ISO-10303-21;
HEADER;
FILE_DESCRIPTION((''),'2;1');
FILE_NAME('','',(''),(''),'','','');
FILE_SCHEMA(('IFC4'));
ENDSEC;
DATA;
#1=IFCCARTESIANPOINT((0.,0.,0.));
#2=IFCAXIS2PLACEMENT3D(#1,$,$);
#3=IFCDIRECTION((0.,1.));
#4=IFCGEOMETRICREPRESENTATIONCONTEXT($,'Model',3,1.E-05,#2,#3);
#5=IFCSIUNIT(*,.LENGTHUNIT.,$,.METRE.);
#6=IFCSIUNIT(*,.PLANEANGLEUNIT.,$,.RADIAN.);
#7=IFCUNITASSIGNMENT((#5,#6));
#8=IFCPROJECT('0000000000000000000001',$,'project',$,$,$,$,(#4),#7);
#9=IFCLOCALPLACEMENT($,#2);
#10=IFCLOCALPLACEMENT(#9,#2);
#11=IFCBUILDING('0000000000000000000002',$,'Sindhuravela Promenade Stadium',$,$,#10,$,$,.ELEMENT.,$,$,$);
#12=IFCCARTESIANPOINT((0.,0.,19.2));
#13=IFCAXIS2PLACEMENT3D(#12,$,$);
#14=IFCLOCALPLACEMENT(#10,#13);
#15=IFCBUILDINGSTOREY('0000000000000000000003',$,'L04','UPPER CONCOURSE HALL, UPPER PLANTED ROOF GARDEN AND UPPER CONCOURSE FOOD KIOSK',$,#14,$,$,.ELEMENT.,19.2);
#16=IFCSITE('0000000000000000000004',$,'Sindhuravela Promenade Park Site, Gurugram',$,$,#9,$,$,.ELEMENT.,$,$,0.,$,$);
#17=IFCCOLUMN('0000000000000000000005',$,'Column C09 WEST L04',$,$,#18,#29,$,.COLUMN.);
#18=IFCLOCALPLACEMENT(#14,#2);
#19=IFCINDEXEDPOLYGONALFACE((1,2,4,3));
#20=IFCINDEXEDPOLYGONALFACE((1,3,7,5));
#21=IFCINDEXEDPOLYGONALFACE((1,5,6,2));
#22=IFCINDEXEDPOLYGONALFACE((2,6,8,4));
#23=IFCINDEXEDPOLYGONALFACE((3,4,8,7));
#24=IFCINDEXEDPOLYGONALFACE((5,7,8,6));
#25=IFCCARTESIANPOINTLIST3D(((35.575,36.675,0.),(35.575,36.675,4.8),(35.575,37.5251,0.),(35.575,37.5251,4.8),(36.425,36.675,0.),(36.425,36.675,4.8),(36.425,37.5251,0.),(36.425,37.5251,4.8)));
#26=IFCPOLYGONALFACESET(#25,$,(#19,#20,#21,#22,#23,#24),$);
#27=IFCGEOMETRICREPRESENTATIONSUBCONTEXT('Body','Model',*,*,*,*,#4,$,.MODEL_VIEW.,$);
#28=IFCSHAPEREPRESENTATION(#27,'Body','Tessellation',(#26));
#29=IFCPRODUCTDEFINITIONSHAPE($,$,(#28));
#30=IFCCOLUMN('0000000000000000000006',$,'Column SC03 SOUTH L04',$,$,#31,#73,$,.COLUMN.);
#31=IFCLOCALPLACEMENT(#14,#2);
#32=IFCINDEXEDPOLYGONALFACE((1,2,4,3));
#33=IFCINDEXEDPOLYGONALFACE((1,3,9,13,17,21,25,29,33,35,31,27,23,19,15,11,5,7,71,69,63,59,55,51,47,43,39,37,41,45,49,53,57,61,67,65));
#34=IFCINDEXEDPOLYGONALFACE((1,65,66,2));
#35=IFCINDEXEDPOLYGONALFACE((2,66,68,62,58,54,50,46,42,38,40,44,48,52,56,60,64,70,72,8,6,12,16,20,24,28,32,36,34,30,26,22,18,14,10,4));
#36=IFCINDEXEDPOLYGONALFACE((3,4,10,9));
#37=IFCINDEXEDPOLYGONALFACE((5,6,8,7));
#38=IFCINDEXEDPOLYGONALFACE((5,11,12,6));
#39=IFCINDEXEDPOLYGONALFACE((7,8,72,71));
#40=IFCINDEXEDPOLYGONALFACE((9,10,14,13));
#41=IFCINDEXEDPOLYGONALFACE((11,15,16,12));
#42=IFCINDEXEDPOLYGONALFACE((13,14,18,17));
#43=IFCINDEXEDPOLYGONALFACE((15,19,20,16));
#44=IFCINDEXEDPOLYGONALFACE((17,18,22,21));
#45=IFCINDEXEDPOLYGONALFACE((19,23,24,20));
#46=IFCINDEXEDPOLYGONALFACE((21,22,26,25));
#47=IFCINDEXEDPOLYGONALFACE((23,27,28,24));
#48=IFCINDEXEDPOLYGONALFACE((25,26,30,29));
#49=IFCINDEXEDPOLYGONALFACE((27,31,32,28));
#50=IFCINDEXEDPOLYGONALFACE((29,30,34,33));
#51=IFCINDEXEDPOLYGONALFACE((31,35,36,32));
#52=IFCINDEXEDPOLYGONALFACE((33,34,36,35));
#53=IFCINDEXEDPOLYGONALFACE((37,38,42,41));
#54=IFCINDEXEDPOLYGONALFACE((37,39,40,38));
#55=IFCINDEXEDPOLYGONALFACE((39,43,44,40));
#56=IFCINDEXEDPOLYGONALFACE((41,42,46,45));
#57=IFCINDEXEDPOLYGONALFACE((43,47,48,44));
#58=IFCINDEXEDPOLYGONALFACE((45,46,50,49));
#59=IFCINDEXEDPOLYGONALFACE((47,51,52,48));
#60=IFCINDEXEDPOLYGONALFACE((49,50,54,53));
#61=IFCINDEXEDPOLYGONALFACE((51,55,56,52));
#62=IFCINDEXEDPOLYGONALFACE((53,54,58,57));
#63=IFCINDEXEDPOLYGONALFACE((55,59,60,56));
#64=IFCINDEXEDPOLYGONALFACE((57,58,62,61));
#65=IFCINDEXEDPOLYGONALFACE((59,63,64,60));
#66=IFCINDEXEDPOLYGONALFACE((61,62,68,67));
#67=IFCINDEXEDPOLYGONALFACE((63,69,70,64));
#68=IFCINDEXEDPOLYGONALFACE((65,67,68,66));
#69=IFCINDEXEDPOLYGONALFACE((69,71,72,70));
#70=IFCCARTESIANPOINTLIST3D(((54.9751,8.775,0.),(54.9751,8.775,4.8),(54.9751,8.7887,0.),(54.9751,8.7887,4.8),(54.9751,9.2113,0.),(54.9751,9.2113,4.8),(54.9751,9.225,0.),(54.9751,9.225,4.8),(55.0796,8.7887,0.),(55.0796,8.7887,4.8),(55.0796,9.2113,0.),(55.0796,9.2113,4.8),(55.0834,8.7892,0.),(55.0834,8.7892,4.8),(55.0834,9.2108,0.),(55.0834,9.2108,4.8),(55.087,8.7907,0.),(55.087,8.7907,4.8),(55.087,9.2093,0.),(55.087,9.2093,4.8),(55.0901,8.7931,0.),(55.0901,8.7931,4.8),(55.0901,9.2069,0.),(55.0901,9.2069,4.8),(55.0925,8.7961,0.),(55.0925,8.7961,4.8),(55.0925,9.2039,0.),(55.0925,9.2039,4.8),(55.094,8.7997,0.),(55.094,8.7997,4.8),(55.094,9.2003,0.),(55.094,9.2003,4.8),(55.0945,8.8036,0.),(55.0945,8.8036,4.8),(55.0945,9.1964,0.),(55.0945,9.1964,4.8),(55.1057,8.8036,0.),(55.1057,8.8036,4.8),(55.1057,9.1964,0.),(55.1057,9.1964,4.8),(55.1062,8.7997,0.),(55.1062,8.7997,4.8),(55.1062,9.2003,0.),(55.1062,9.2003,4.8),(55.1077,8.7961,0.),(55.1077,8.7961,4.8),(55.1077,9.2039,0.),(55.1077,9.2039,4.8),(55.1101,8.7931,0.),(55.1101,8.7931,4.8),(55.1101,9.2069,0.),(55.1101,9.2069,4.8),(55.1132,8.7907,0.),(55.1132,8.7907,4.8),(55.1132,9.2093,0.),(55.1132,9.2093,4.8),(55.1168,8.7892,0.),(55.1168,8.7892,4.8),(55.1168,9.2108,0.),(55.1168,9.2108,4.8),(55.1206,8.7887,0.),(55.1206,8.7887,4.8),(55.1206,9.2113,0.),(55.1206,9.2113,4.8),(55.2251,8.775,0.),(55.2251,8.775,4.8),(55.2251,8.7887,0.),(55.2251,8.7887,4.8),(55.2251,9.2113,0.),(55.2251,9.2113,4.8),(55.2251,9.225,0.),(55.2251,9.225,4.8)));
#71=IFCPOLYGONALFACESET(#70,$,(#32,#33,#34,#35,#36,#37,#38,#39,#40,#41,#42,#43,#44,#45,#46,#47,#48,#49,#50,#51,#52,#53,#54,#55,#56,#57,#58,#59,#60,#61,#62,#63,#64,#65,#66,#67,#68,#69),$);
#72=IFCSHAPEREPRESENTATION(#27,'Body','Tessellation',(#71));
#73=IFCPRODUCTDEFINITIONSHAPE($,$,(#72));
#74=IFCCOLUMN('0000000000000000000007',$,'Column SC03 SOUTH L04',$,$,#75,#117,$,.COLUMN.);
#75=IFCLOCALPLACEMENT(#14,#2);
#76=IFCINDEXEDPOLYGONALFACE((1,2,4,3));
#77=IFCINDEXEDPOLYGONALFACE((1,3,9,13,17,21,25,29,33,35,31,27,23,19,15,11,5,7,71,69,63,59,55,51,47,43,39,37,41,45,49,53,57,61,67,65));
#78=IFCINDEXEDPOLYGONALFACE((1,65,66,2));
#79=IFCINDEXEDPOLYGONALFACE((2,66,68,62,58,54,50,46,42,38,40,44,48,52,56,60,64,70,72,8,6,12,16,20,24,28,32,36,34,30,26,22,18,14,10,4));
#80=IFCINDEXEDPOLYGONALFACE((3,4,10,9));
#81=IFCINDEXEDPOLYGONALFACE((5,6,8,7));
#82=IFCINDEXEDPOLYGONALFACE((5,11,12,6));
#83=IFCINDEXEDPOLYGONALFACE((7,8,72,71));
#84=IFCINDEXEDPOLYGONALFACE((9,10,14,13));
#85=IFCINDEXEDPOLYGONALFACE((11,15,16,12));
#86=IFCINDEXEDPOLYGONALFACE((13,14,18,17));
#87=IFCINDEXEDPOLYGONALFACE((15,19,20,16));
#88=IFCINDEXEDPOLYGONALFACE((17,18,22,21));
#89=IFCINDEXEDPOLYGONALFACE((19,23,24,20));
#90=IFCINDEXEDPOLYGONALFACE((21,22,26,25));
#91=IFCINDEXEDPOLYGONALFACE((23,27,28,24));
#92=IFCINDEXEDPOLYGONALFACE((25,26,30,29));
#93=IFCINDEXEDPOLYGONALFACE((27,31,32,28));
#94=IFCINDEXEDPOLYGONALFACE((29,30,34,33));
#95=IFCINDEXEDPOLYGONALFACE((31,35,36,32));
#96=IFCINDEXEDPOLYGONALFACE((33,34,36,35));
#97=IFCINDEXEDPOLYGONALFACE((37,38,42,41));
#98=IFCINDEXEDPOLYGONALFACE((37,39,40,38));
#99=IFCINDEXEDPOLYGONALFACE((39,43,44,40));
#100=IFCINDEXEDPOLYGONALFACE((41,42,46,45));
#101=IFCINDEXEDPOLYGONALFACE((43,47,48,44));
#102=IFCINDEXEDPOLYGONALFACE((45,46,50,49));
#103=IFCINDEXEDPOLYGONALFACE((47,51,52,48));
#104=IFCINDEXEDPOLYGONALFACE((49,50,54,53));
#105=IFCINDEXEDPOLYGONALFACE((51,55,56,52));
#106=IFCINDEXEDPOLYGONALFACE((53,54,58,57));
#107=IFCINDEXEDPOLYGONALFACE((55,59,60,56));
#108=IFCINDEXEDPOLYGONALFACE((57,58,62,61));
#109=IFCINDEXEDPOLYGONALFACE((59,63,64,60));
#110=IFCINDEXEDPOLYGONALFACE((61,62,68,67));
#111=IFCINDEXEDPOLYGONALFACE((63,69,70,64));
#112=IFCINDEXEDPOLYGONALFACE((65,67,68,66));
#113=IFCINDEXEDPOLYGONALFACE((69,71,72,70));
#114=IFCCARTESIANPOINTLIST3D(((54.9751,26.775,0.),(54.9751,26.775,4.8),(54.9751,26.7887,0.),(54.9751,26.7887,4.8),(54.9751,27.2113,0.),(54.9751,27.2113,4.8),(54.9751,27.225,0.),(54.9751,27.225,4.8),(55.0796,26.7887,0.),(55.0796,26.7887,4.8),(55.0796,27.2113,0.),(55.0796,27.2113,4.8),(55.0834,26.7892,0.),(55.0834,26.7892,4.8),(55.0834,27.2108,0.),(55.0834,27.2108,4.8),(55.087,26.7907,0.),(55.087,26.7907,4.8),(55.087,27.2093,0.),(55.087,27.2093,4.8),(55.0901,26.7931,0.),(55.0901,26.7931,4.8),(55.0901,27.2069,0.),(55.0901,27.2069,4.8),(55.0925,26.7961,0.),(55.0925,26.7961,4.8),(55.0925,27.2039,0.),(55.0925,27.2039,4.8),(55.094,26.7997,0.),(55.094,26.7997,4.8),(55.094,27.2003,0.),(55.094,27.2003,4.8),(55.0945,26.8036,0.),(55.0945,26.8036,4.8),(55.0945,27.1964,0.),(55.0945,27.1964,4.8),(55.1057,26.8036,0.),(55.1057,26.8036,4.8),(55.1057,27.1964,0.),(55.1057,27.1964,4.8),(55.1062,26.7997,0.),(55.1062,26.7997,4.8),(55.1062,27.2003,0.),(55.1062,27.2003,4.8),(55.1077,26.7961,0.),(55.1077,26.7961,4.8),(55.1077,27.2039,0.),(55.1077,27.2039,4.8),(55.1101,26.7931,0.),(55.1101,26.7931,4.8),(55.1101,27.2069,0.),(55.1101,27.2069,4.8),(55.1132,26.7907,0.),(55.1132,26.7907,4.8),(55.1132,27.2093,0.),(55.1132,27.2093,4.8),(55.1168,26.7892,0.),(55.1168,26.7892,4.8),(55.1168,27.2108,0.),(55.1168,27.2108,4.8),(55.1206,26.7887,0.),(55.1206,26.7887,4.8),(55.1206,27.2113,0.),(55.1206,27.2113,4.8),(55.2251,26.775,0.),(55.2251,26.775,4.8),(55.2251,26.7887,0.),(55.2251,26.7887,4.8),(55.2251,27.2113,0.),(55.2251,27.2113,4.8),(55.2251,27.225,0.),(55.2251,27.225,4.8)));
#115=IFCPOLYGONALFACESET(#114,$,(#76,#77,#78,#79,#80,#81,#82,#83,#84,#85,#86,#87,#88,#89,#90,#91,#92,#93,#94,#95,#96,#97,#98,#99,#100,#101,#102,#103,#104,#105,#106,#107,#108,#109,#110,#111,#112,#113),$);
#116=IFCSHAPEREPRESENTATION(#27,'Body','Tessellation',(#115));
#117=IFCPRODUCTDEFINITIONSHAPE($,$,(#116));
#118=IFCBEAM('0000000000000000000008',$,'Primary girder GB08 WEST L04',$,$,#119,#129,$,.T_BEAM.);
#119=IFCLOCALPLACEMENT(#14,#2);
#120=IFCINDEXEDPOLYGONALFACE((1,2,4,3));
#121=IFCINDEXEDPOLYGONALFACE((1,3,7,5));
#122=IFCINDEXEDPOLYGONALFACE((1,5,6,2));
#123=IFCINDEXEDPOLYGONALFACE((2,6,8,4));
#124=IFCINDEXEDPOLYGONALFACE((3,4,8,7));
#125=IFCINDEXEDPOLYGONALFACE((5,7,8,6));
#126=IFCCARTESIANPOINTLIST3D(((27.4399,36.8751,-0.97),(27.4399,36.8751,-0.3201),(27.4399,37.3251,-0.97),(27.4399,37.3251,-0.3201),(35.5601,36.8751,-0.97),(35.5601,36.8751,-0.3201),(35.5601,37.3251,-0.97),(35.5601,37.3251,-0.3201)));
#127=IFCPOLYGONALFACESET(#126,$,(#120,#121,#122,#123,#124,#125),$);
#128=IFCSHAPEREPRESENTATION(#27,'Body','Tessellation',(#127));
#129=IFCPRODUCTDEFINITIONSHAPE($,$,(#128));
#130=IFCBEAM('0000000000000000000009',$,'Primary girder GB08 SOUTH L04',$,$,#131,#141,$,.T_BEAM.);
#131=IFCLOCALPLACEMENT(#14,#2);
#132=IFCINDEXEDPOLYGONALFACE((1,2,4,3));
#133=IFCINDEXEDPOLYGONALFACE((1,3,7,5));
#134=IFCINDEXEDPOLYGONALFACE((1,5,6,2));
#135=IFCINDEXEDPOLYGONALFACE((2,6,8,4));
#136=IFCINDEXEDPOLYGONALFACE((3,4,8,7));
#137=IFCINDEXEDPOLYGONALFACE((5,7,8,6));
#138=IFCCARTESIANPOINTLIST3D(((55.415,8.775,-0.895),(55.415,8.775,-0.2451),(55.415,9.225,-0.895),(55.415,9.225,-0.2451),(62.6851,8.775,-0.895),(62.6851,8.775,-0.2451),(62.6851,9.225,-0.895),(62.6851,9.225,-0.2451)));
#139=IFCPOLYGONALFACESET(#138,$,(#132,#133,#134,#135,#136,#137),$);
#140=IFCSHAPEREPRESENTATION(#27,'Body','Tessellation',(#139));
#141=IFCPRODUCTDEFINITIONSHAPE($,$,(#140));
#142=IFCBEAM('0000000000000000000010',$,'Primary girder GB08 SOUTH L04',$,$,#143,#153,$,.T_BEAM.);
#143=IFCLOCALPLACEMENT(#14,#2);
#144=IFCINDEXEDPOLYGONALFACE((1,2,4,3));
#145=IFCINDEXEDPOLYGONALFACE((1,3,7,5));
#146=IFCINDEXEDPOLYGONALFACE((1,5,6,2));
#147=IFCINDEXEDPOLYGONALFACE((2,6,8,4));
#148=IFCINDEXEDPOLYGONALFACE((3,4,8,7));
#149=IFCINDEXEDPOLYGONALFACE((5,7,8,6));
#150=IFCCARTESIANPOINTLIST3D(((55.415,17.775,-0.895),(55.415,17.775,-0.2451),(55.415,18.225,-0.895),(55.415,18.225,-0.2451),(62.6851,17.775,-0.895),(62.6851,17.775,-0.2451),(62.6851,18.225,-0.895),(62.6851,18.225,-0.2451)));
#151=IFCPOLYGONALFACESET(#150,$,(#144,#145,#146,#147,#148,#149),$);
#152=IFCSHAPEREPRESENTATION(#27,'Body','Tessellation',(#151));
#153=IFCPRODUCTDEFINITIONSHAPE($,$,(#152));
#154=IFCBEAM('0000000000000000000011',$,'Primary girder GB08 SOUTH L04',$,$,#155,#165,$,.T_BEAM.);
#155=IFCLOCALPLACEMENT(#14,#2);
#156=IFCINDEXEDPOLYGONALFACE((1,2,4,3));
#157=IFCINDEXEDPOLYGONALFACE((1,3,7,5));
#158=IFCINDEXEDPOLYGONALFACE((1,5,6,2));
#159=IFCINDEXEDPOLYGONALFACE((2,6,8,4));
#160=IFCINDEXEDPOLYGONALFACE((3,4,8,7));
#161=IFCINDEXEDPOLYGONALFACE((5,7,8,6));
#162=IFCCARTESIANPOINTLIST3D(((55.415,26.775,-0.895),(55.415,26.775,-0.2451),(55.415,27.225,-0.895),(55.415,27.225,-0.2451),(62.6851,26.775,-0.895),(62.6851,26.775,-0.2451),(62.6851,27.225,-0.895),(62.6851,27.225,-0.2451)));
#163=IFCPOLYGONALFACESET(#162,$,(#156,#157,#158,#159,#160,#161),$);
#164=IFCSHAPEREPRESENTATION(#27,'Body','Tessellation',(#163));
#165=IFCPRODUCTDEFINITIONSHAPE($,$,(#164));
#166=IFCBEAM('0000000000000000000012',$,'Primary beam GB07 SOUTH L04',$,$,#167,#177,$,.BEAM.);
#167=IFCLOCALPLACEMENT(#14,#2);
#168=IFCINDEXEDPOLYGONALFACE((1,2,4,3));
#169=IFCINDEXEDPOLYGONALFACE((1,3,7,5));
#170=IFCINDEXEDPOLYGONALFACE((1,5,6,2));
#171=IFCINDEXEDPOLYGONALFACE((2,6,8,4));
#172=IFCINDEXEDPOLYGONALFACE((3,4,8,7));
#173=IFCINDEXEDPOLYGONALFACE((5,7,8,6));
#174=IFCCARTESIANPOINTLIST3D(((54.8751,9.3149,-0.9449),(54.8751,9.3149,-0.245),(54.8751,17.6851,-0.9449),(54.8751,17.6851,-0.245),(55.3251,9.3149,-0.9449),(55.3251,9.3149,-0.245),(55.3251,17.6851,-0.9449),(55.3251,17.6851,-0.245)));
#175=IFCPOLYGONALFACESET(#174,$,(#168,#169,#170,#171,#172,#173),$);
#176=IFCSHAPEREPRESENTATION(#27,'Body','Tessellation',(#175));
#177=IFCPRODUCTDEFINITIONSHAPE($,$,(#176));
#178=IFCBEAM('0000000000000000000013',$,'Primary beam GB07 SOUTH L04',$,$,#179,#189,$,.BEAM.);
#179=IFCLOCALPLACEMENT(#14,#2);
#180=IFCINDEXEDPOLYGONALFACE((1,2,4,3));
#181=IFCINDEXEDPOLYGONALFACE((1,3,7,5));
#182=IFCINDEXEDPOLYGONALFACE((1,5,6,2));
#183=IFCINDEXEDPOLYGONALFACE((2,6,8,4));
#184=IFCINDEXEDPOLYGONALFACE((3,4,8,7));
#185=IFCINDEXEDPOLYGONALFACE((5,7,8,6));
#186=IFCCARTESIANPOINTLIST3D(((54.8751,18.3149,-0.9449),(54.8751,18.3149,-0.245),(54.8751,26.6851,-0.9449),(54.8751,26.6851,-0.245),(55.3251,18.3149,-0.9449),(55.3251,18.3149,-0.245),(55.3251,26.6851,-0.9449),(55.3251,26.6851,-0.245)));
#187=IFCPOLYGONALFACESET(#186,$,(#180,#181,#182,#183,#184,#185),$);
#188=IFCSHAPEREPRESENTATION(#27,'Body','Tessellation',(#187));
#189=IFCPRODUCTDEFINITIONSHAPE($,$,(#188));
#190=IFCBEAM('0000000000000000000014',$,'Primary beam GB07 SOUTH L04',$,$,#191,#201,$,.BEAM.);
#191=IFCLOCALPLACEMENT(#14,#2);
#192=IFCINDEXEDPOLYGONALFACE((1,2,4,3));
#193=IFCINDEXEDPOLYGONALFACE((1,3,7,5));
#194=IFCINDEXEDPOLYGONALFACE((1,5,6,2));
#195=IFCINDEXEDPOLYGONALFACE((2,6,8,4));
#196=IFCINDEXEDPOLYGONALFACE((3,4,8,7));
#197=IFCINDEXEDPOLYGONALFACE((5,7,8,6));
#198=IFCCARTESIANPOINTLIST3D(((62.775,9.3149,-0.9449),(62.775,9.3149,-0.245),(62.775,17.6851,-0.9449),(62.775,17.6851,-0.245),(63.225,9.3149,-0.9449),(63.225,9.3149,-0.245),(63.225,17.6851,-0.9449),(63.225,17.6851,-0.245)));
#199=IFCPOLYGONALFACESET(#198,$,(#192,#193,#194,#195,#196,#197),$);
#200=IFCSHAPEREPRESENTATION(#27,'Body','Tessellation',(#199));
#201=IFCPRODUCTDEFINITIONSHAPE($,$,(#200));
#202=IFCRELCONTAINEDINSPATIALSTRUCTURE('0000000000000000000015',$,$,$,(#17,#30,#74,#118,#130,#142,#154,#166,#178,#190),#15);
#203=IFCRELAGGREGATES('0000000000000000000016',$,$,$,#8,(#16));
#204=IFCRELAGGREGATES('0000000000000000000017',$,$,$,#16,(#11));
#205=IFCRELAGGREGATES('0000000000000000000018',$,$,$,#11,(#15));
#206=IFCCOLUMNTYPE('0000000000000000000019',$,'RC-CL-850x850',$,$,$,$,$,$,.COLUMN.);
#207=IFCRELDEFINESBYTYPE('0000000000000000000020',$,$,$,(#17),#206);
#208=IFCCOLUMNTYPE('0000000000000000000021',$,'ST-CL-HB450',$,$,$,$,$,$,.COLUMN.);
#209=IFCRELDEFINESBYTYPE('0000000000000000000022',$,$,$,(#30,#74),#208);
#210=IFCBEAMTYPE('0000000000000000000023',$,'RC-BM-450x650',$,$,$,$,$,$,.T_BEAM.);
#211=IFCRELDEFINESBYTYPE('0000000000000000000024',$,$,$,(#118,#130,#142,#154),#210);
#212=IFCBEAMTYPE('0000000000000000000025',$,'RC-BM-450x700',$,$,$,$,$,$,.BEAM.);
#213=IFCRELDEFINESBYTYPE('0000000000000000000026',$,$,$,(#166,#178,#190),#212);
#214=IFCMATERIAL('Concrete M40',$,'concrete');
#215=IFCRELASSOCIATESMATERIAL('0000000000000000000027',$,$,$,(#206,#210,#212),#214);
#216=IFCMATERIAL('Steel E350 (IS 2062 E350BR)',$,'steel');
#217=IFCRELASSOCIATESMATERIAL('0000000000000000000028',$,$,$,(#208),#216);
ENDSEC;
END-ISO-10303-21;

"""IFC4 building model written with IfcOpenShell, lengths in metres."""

from ifc_helpers import new_model, si_unit, direction, frame, origin, origin_2d, place, context, subcontext, project, spatial, rectangle, i_section, extrude, material, material_profile, profile_set, type_object, element, save


model = new_model("IFC4")

# Units and contexts
model_context = context("Model", 3, precision=1e-05, world=origin(), true_north=direction((0.0, 1.0)))
body_context = subcontext(model_context, "Body", "Model", "MODEL_VIEW")
ifc_project = project(units=[si_unit("LENGTHUNIT", "METRE"), si_unit("PLANEANGLEUNIT", "RADIAN")], contexts=[model_context])

# Site, building, storey
site_placement = place(None, origin())
site = spatial("IfcSite", under=ifc_project, at=site_placement, Name="Sindhuravela Promenade Park Site, Gurugram", CompositionType="ELEMENT", RefElevation=0.0)
building_placement = place(site_placement, origin())
building = spatial("IfcBuilding", under=site, at=building_placement, Name="Sindhuravela Promenade Stadium", CompositionType="ELEMENT")
storey_placement = place(building_placement, frame((0.0, 0.0, 19.2)))
storey = spatial("IfcBuildingStorey", under=building, at=storey_placement, Name="L04", Description="UPPER CONCOURSE HALL, UPPER PLANTED ROOF GARDEN AND UPPER CONCOURSE FOOD KIOSK", CompositionType="ELEMENT", Elevation=19.2)

# Columns
ifc_material_1 = material(Name="Concrete M40", Category="concrete")
ifc_material_profile_1 = material_profile(ifc_material_1, rectangle(XDim=0.8501, YDim=0.8501, at=origin_2d()), Name="RC 850x850")
ifc_profile_set_1 = profile_set([ifc_material_profile_1], Name="Concrete M40")
column_type_1 = type_object("IfcColumnType", Name="RC-CL-850x850", PredefinedType="COLUMN", material=ifc_profile_set_1)
column_placement = place(storey_placement, frame((36.0, 37.1001, 0.0), z_axis=(0.0, 0.0, 1.0), x_axis=(1.0, 0.0, 0.0)))
element("IfcColumn", 1, at=column_placement, inside=storey, type_object=column_type_1, Name="Column C09 WEST L04", PredefinedType="COLUMN", context=body_context, shape_type="SweptSolid", body=[
    extrude(rectangle(XDim=0.8501, YDim=0.8501, at=origin_2d()), origin(), (0.0, 0.0, 1.0), 4.8),
])
ifc_material_2 = material(Name="Steel E350 (IS 2062 E350BR)", Category="steel")
ifc_material_profile_2 = material_profile(ifc_material_2, i_section(OverallWidth=0.25, OverallDepth=0.45, WebThickness=0.0112, FlangeThickness=0.0137, FilletRadius=0.0149, at=origin_2d()), Name="ISHB 450")
ifc_profile_set_2 = profile_set([ifc_material_profile_2], Name="Steel E350 (IS 2062 E350BR)")
column_type_2 = type_object("IfcColumnType", Name="ST-CL-HB450", PredefinedType="COLUMN", material=ifc_profile_set_2)
for number, where, z_axis, x_axis, name in (
    (2, (55.1001, 9.0, 0.0), (0.0, 0.0, 1.0), (1.0, 0.0, 0.0), "Column SC03 SOUTH L04"),
    (3, (55.1001, 27.0, 0.0), (0.0, 0.0, 1.0), (1.0, 0.0, 0.0), "Column SC03 SOUTH L04"),
):
    element("IfcColumn", number, at=place(storey_placement, frame(where, z_axis=z_axis, x_axis=x_axis)), inside=storey, type_object=column_type_2, Name=name, PredefinedType="COLUMN", context=body_context, shape_type="SweptSolid", body=[
        extrude(i_section(OverallWidth=0.25, OverallDepth=0.45, WebThickness=0.0112, FlangeThickness=0.0137, FilletRadius=0.0149, at=origin_2d()), origin(), (0.0, 0.0, 1.0), 4.8),
    ])

# Beams
ifc_material_profile_3 = material_profile(ifc_material_1, rectangle(XDim=0.45, YDim=0.6499, at=origin_2d()), Name="RC 450x650")
ifc_profile_set_3 = profile_set([ifc_material_profile_3], Name="Concrete M40")
beam_type_1 = type_object("IfcBeamType", Name="RC-BM-450x650", PredefinedType="T_BEAM", material=ifc_profile_set_3)
beam_1_placement = place(storey_placement, frame((27.4399, 37.1001, -0.645), z_axis=(1.0, 0.0, 0.0), x_axis=(0.0, 1.0, 0.0)))
element("IfcBeam", 4, at=beam_1_placement, inside=storey, type_object=beam_type_1, Name="Primary girder GB08 WEST L04", PredefinedType="T_BEAM", context=body_context, shape_type="SweptSolid", body=[
    extrude(rectangle(XDim=0.45, YDim=0.6499, at=origin_2d()), origin(), (0.0, 0.0, 1.0), 8.1201),
])
for number, where, z_axis, x_axis, name in (
    (5, (55.415, 9.0, -0.5701), (1.0, 0.0, 0.0), (0.0, 1.0, 0.0), "Primary girder GB08 SOUTH L04"),
    (6, (55.415, 18.0, -0.5701), (1.0, 0.0, 0.0), (0.0, 1.0, 0.0), "Primary girder GB08 SOUTH L04"),
    (7, (55.415, 27.0, -0.5701), (1.0, 0.0, 0.0), (0.0, 1.0, 0.0), "Primary girder GB08 SOUTH L04"),
):
    element("IfcBeam", number, at=place(storey_placement, frame(where, z_axis=z_axis, x_axis=x_axis)), inside=storey, type_object=beam_type_1, Name=name, PredefinedType="T_BEAM", context=body_context, shape_type="SweptSolid", body=[
        extrude(rectangle(XDim=0.45, YDim=0.6499, at=origin_2d()), origin(), (0.0, 0.0, 1.0), 7.27),
    ])
ifc_material_profile_4 = material_profile(ifc_material_1, rectangle(XDim=0.45, YDim=0.7, at=origin_2d()), Name="RC 450x700")
ifc_profile_set_4 = profile_set([ifc_material_profile_4], Name="Concrete M40")
beam_type_2 = type_object("IfcBeamType", Name="RC-BM-450x700", PredefinedType="BEAM", material=ifc_profile_set_4)
for number, where, z_axis, x_axis, name in (
    (8, (55.1001, 9.3149, -0.595), (0.0, 1.0, 0.0), (-1.0, 0.0, 0.0), "Primary beam GB07 SOUTH L04"),
    (9, (55.1001, 18.3149, -0.595), (0.0, 1.0, 0.0), (-1.0, 0.0, 0.0), "Primary beam GB07 SOUTH L04"),
    (10, (63.0, 9.3149, -0.595), (0.0, 1.0, 0.0), (-1.0, 0.0, 0.0), "Primary beam GB07 SOUTH L04"),
):
    element("IfcBeam", number, at=place(storey_placement, frame(where, z_axis=z_axis, x_axis=x_axis)), inside=storey, type_object=beam_type_2, Name=name, PredefinedType="BEAM", context=body_context, shape_type="SweptSolid", body=[
        extrude(rectangle(XDim=0.45, YDim=0.7, at=origin_2d()), origin(), (0.0, 0.0, 1.0), 8.3701),
    ])

save(model, "model.ifc")
